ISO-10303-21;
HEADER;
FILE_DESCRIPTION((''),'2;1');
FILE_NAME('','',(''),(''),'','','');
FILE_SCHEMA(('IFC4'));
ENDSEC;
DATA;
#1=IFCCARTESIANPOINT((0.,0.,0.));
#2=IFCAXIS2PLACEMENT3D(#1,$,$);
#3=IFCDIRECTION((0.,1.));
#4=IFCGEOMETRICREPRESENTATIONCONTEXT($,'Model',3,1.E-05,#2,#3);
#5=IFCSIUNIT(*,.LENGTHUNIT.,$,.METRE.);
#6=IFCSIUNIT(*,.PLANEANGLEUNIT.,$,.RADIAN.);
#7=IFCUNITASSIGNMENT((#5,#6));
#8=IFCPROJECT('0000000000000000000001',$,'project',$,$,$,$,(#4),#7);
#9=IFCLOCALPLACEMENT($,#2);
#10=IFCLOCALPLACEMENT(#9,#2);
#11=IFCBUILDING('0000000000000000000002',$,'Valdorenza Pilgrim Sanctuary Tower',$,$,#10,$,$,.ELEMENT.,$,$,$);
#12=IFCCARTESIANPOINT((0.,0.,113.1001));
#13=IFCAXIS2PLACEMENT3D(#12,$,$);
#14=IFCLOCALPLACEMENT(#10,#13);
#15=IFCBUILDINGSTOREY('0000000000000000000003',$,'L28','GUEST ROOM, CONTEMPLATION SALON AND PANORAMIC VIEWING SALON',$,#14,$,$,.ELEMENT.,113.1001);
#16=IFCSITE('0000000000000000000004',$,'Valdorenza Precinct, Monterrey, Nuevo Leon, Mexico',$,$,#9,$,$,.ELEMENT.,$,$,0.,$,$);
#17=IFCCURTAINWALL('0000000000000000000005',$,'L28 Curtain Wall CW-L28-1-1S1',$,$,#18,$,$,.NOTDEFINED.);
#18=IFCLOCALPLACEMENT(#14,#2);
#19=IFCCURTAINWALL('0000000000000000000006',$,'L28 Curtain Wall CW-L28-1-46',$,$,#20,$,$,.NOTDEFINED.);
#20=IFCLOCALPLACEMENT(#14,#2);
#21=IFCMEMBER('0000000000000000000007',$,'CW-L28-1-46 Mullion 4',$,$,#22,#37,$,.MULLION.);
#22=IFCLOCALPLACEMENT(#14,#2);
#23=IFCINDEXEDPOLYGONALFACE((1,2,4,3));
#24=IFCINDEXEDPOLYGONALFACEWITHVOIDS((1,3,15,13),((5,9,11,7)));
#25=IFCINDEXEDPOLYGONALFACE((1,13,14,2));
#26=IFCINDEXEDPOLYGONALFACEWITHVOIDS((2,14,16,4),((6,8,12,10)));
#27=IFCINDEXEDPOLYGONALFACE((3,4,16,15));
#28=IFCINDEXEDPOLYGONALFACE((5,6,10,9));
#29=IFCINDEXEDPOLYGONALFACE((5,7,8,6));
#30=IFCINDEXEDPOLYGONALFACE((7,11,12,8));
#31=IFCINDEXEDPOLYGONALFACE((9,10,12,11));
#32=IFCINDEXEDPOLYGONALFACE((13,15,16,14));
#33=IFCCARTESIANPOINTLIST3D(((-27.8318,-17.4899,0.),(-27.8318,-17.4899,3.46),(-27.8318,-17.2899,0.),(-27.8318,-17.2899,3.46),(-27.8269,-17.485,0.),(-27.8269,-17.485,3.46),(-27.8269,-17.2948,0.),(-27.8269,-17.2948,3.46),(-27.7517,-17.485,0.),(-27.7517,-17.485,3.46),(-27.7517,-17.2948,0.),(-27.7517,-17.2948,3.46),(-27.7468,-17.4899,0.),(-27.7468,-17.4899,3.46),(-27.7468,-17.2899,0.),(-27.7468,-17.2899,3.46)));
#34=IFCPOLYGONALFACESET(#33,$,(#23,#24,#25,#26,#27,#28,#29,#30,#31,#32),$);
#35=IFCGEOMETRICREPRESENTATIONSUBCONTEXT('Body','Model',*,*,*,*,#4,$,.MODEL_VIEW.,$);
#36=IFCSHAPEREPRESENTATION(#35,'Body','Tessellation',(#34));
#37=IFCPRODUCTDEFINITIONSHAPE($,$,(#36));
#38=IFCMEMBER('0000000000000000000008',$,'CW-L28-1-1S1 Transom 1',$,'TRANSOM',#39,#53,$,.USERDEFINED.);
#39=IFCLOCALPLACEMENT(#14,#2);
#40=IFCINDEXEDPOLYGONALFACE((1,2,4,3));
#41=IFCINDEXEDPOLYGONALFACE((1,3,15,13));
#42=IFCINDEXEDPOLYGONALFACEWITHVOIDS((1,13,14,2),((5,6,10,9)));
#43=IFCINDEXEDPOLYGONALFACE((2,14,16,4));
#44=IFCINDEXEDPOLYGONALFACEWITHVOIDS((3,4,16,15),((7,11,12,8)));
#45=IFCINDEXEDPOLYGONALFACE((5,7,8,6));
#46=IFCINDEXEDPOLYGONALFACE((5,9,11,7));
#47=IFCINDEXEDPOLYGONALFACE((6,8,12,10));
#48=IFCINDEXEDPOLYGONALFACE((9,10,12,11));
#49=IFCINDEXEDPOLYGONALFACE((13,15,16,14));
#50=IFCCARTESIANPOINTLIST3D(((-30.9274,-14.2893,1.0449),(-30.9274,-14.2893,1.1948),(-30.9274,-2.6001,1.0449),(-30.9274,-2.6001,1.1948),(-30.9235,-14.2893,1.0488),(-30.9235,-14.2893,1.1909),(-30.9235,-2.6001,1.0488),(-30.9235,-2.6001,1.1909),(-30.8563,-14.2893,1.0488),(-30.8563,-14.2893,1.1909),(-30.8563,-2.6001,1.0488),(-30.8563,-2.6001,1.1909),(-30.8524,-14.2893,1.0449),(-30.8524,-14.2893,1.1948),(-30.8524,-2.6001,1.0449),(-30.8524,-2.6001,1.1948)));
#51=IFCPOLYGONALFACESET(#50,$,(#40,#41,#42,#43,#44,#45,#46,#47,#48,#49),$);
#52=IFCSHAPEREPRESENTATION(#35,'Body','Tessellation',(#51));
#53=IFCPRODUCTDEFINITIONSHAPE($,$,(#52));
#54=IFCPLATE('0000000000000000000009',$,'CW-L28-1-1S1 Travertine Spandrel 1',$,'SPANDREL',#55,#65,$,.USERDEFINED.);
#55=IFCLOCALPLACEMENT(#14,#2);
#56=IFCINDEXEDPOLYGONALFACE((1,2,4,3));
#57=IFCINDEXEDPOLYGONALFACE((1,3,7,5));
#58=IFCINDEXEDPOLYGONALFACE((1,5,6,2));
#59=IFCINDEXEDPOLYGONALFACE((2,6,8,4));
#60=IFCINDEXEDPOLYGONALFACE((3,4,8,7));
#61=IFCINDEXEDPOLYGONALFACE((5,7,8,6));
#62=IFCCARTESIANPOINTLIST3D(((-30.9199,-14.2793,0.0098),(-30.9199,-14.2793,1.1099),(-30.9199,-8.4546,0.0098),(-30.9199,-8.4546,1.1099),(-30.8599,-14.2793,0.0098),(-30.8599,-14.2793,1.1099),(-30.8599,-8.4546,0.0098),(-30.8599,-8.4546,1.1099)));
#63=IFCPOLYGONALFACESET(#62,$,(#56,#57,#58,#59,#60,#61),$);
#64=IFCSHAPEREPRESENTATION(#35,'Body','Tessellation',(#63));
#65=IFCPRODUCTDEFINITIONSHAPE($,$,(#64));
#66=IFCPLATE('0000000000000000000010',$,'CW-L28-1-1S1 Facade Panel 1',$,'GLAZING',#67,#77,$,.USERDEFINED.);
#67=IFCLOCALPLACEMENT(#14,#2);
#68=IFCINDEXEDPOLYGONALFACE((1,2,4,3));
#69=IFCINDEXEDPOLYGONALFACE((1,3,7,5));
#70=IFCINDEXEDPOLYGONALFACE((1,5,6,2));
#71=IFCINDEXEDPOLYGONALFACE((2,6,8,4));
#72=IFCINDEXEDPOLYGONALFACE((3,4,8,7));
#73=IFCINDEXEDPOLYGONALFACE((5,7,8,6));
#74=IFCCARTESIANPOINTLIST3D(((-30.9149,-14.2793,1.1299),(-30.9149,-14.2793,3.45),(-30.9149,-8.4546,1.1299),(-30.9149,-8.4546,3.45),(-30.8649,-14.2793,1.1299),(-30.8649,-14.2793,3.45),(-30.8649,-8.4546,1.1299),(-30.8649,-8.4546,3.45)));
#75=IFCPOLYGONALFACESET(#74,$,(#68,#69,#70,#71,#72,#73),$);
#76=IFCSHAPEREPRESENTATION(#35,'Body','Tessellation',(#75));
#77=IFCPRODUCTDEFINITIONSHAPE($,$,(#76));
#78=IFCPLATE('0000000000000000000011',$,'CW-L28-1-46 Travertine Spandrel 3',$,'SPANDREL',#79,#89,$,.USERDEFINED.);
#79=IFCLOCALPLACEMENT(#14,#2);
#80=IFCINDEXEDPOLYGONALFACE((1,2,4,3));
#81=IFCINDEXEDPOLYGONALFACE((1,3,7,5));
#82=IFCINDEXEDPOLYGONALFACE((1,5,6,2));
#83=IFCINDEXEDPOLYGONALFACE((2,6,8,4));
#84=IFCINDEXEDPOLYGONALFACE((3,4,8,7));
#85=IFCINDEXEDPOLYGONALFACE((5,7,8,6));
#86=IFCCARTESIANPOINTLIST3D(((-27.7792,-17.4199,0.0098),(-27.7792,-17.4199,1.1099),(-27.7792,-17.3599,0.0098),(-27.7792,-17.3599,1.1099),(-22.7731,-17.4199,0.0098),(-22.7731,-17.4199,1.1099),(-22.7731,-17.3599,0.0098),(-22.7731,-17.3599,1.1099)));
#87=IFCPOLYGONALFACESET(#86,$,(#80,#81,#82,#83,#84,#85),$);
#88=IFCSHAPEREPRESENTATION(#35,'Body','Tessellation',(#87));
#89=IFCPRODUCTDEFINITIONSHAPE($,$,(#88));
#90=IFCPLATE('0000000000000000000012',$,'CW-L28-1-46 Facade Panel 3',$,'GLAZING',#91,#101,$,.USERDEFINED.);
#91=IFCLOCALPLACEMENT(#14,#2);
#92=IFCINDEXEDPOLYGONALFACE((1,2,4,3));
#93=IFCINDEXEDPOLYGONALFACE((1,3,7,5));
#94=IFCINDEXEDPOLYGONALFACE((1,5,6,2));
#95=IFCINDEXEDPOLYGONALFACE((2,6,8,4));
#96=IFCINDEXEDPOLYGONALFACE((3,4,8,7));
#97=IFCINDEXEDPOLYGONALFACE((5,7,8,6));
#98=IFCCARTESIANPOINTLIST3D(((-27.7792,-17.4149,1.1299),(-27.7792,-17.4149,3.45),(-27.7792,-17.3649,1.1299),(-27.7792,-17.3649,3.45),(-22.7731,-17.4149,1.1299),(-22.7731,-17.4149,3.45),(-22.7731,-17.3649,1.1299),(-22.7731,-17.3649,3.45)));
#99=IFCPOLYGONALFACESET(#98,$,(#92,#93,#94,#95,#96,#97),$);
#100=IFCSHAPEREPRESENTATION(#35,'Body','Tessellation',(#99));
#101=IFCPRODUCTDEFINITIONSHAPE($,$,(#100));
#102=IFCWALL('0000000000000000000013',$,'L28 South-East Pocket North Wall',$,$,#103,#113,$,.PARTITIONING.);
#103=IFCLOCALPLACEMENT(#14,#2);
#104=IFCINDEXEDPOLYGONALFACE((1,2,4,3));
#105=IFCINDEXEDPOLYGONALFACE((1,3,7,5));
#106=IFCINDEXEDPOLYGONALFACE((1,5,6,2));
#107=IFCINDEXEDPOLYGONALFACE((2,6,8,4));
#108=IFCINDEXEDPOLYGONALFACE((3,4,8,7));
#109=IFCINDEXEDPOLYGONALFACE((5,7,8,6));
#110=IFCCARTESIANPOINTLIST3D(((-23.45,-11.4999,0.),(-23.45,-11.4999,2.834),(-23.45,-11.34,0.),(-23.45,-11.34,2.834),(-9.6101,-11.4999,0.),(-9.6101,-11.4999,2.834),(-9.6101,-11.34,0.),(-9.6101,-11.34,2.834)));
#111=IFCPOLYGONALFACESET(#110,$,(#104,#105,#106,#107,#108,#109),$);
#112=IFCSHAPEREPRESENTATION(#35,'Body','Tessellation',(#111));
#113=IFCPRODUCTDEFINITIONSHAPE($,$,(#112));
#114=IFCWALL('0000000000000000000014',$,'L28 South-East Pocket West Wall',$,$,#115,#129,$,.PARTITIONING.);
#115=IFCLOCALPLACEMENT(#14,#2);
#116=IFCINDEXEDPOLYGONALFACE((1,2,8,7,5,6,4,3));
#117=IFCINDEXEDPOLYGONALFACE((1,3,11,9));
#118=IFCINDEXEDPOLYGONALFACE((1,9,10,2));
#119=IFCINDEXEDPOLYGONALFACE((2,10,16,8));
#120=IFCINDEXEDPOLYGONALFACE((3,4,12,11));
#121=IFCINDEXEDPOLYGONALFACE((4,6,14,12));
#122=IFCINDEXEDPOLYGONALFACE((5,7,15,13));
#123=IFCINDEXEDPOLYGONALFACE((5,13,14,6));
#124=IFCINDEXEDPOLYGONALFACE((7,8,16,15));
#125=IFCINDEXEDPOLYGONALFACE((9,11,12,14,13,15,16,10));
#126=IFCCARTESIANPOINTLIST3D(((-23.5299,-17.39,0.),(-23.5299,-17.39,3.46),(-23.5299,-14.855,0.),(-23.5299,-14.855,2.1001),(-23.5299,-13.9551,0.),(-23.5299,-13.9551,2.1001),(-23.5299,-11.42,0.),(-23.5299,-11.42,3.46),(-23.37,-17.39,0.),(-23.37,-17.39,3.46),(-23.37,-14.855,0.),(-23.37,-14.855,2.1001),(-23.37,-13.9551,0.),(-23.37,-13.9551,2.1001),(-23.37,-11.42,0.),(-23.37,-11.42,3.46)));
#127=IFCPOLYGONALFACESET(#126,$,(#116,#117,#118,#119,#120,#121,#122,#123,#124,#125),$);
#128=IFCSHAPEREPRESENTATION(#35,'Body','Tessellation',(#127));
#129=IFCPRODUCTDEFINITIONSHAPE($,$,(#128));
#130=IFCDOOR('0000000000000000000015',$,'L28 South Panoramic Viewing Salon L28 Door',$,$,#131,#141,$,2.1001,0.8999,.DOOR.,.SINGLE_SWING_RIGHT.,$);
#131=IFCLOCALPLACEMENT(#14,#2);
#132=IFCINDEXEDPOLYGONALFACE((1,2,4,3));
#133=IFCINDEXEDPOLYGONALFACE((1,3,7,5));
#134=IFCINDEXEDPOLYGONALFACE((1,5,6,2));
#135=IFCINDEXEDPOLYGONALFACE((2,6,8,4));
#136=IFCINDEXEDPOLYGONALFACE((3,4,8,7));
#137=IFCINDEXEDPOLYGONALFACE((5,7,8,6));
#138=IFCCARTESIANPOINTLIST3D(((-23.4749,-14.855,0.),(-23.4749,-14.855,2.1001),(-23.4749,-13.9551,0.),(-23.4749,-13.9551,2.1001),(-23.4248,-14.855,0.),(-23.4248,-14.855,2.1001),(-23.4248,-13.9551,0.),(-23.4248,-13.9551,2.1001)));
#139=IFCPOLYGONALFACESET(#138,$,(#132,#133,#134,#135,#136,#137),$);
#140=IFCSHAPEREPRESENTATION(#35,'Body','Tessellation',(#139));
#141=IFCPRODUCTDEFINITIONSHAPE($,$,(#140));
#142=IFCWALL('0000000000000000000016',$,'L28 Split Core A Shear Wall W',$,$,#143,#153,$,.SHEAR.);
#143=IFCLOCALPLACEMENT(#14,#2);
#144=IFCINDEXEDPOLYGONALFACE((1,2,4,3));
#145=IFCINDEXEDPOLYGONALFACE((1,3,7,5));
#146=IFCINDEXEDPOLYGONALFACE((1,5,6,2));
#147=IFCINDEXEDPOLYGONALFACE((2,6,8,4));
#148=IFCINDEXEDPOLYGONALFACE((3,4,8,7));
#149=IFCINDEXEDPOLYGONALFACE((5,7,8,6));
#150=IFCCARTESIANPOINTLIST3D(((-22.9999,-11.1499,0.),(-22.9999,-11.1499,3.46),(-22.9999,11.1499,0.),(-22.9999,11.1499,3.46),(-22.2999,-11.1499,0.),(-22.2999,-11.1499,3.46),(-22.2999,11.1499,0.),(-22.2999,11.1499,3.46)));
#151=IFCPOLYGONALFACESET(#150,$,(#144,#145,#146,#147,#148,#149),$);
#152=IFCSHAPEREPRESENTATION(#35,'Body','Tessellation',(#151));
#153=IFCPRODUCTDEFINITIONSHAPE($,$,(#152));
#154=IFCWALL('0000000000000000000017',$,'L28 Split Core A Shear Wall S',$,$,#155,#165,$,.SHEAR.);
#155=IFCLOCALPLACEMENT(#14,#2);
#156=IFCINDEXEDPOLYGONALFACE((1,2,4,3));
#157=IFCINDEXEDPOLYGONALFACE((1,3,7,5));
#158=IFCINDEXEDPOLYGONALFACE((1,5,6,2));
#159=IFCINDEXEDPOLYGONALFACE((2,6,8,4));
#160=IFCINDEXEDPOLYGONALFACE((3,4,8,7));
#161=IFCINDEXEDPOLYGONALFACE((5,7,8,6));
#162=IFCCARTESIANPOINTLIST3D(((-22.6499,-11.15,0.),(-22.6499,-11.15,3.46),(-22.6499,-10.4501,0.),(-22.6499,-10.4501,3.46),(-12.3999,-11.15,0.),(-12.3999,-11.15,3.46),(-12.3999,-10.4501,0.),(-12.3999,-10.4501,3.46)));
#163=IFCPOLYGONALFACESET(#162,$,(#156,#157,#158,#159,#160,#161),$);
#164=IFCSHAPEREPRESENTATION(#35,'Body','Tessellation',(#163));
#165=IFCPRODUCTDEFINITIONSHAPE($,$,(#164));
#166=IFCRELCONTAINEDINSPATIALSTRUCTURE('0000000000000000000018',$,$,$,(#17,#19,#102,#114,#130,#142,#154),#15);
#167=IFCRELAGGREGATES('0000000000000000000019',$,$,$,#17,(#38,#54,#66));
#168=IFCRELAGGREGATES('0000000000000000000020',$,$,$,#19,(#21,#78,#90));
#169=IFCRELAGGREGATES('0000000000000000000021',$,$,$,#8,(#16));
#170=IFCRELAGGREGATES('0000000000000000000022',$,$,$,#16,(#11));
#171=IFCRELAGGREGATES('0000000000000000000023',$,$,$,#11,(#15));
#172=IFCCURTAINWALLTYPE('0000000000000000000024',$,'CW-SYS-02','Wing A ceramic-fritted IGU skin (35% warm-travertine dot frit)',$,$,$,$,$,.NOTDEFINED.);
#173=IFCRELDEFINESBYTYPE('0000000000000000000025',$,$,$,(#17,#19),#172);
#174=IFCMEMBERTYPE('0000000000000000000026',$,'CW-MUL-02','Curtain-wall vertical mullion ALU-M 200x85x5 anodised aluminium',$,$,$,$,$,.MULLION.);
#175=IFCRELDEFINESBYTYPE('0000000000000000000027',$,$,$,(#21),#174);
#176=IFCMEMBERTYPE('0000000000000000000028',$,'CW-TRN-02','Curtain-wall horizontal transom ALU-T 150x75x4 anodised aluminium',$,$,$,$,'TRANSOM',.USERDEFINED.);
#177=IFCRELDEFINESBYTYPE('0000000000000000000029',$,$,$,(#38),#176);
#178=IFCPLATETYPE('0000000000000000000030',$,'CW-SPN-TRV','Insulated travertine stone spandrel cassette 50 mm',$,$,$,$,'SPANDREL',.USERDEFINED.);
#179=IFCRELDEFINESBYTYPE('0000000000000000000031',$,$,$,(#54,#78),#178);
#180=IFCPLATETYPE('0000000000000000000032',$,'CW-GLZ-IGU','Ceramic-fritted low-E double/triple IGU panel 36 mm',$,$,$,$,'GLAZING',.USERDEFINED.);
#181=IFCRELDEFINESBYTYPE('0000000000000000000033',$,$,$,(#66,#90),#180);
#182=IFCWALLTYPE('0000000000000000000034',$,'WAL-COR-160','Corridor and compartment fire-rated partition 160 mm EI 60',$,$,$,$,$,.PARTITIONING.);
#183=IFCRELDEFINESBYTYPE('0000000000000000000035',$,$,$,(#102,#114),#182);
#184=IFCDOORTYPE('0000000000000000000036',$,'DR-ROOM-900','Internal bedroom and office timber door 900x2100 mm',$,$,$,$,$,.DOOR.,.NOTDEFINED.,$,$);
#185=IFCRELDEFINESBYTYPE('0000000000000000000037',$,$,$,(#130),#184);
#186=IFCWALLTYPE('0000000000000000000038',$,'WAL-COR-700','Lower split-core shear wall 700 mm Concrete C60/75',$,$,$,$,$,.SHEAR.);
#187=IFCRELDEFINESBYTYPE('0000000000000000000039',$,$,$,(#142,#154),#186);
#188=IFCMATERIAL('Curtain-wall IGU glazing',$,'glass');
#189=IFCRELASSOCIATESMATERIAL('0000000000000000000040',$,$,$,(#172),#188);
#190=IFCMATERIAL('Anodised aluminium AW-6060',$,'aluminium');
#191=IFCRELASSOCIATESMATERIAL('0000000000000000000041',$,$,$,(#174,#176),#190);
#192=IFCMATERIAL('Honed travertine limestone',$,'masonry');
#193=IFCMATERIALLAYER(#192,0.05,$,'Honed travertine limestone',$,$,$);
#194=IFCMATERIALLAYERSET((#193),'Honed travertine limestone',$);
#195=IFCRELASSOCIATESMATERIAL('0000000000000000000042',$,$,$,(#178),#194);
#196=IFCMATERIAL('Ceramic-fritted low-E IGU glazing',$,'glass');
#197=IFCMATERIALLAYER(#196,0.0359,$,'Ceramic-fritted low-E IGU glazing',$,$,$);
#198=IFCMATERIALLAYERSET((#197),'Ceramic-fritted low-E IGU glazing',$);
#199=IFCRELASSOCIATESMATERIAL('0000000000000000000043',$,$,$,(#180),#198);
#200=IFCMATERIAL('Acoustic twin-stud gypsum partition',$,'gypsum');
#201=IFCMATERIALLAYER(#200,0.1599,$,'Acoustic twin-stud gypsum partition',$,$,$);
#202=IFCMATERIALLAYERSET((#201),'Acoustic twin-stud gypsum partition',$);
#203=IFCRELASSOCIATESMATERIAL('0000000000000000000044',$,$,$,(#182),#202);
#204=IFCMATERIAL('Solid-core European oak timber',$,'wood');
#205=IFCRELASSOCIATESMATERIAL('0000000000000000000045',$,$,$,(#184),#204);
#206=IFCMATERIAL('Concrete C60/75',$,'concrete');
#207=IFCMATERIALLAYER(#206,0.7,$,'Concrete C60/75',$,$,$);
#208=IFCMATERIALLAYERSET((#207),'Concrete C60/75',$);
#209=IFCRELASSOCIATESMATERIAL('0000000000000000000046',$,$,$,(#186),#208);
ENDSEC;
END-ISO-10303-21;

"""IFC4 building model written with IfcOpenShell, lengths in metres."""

from ifc_helpers import new_model, si_unit, direction, frame, frame_2d, origin, origin_2d, place, context, subcontext, project, spatial, rectangle, hollow_rectangle, extrude, source, transform, mapped, material, layer, layer_set, material_profile, profile_set, type_object, element, fill, aggregate, save


model = new_model("IFC4")

# Units and contexts
model_context = context("Model", 3, precision=1e-05, world=origin(), true_north=direction((0.0, 1.0)))
body_context = subcontext(model_context, "Body", "Model", "MODEL_VIEW")
ifc_project = project(units=[si_unit("LENGTHUNIT", "METRE"), si_unit("PLANEANGLEUNIT", "RADIAN")], contexts=[model_context])

# Site, building, storey
site_placement = place(None, origin())
site = spatial("IfcSite", under=ifc_project, at=site_placement, Name="Valdorenza Precinct, Monterrey, Nuevo Leon, Mexico", CompositionType="ELEMENT", RefElevation=0.0)
building_placement = place(site_placement, origin())
building = spatial("IfcBuilding", under=site, at=building_placement, Name="Valdorenza Pilgrim Sanctuary Tower", CompositionType="ELEMENT")
storey_placement = place(building_placement, frame((0.0, 0.0, 113.1001)))
storey = spatial("IfcBuildingStorey", under=building, at=storey_placement, Name="L28", Description="GUEST ROOM, CONTEMPLATION SALON AND PANORAMIC VIEWING SALON", CompositionType="ELEMENT", Elevation=113.1001)

# Shared definitions
ifc_material_1 = material(Name="Concrete C60/75", Category="concrete")

# Curtain wall
ifc_material_2 = material(Name="Curtain-wall IGU glazing", Category="glass")
curtain_wall_type = type_object("IfcCurtainWallType", Name="CW-SYS-02", Description="Wing A ceramic-fritted IGU skin (35% warm-travertine dot frit)", PredefinedType="NOTDEFINED", material=ifc_material_2)
curtain_wall_1_placement = place(storey_placement, origin())
curtain_wall_1 = element("IfcCurtainWall", 1, at=curtain_wall_1_placement, inside=storey, type_object=curtain_wall_type, Name="L28 Curtain Wall CW-L28-1-1S1", PredefinedType="NOTDEFINED")
ifc_material_3 = material(Name="Anodised aluminium AW-6060", Category="aluminium")
ifc_material_profile_1 = material_profile(ifc_material_3, hollow_rectangle(XDim=0.085, YDim=0.2, WallThickness=0.0049, at=origin_2d()), Name="ALU-M 200x85x5")
ifc_profile_set_1 = profile_set([ifc_material_profile_1], Name="Anodised aluminium AW-6060")
member_type_1 = type_object("IfcMemberType", Name="CW-MUL-02", Description="Curtain-wall vertical mullion ALU-M 200x85x5 anodised aluminium", PredefinedType="MULLION", material=ifc_profile_set_1)
shared_shape_1 = source(origin(), body_context, "Body", "SweptSolid", [
    extrude(hollow_rectangle(XDim=0.085, YDim=0.2, WallThickness=0.0049, at=origin_2d()), origin(), (0.0, 0.0, 1.0), 3.46),
])

# Curtain wall, member
curtain_wall_2_placement = place(storey_placement, origin())
curtain_wall_2 = element("IfcCurtainWall", 2, at=curtain_wall_2_placement, inside=storey, type_object=curtain_wall_type, Name="L28 Curtain Wall CW-L28-1-46", PredefinedType="NOTDEFINED")
member_1_placement = place(storey_placement, frame((-27.7893, -17.3899, 0.0), z_axis=(0.0, 0.0, 1.0), x_axis=(-1.0, 0.0, 0.0)))
member_1 = element("IfcMember", 3, at=member_1_placement, type_object=member_type_1, Name="CW-L28-1-46 Mullion 4", PredefinedType="MULLION", context=body_context, shape_type="MappedRepresentation", body=[
    mapped(shared_shape_1, transform((0.0, 0.0, 0.0), x_axis=(1.0, 0.0, 0.0), y_axis=(0.0, 1.0, 0.0), z_axis=(0.0, 0.0, 1.0), scale=1.0)),
])

# Member
ifc_material_profile_2 = material_profile(ifc_material_3, hollow_rectangle(XDim=0.075, YDim=0.1499, WallThickness=0.0039, at=origin_2d()), Name="ALU-T 150x75x4")
ifc_profile_set_2 = profile_set([ifc_material_profile_2], Name="Anodised aluminium AW-6060")
member_type_2 = type_object("IfcMemberType", Name="CW-TRN-02", Description="Curtain-wall horizontal transom ALU-T 150x75x4 anodised aluminium", ElementType="TRANSOM", PredefinedType="USERDEFINED", material=ifc_profile_set_2)
shared_shape_2 = source(origin(), body_context, "Body", "SweptSolid", [
    extrude(hollow_rectangle(XDim=0.075, YDim=0.1499, WallThickness=0.0039, at=origin_2d()), origin(), (0.0, 0.0, 1.0), 11.6892),
])
member_2_placement = place(storey_placement, frame((-30.8899, -14.2893, 1.1199), z_axis=(0.0, 1.0, 0.0), x_axis=(-1.0, 0.0, 0.0)))
member_2 = element("IfcMember", 4, at=member_2_placement, type_object=member_type_2, Name="CW-L28-1-1S1 Transom 1", ObjectType="TRANSOM", PredefinedType="USERDEFINED", context=body_context, shape_type="MappedRepresentation", body=[
    mapped(shared_shape_2, transform((0.0, 0.0, 0.0), x_axis=(1.0, 0.0, 0.0), y_axis=(0.0, 1.0, 0.0), z_axis=(0.0, 0.0, 1.0), scale=1.0)),
])

# Plates
ifc_material_4 = material(Name="Honed travertine limestone", Category="masonry")
ifc_layer_1 = layer(ifc_material_4, 0.05, Name="Honed travertine limestone")
ifc_layer_set_1 = layer_set([ifc_layer_1], Name="Honed travertine limestone")
plate_type_1 = type_object("IfcPlateType", Name="CW-SPN-TRV", Description="Insulated travertine stone spandrel cassette 50 mm", ElementType="SPANDREL", PredefinedType="USERDEFINED", material=ifc_layer_set_1)
shared_shape_3 = source(origin(), body_context, "Body", "SweptSolid", [
    extrude(rectangle(XDim=5.8247, YDim=0.0601, at=origin_2d()), origin(), (0.0, 0.0, 1.0), 1.1001),
])
plate_1_placement = place(storey_placement, frame((-30.8899, -11.3669, 0.0098), z_axis=(0.0, 0.0, 1.0), x_axis=(0.0, 1.0, 0.0)))
plate_1 = element("IfcPlate", 5, at=plate_1_placement, type_object=plate_type_1, Name="CW-L28-1-1S1 Travertine Spandrel 1", ObjectType="SPANDREL", PredefinedType="USERDEFINED", context=body_context, shape_type="MappedRepresentation", body=[
    mapped(shared_shape_3, transform((0.0, 0.0, 0.0), x_axis=(1.0, 0.0, 0.0), y_axis=(0.0, 1.0, 0.0), z_axis=(0.0, 0.0, 1.0), scale=1.0)),
])
ifc_material_5 = material(Name="Ceramic-fritted low-E IGU glazing", Category="glass")
ifc_layer_2 = layer(ifc_material_5, 0.0359, Name="Ceramic-fritted low-E IGU glazing")
ifc_layer_set_2 = layer_set([ifc_layer_2], Name="Ceramic-fritted low-E IGU glazing")
plate_type_2 = type_object("IfcPlateType", Name="CW-GLZ-IGU", Description="Ceramic-fritted low-E double/triple IGU panel 36 mm", ElementType="GLAZING", PredefinedType="USERDEFINED", material=ifc_layer_set_2)
shared_shape_4 = source(origin(), body_context, "Body", "SweptSolid", [
    extrude(rectangle(XDim=5.8247, YDim=0.05, at=origin_2d()), origin(), (0.0, 0.0, 1.0), 2.3201),
])
plate_2_placement = place(storey_placement, frame((-30.8899, -11.3669, 1.1299), z_axis=(0.0, 0.0, 1.0), x_axis=(0.0, 1.0, 0.0)))
plate_2 = element("IfcPlate", 6, at=plate_2_placement, type_object=plate_type_2, Name="CW-L28-1-1S1 Facade Panel 1", ObjectType="GLAZING", PredefinedType="USERDEFINED", context=body_context, shape_type="MappedRepresentation", body=[
    mapped(shared_shape_4, transform((0.0, 0.0, 0.0), x_axis=(1.0, 0.0, 0.0), y_axis=(0.0, 1.0, 0.0), z_axis=(0.0, 0.0, 1.0), scale=1.0)),
])
aggregate(curtain_wall_1, [member_2, plate_1, plate_2])
shared_shape_5 = source(origin(), body_context, "Body", "SweptSolid", [
    extrude(rectangle(XDim=5.0061, YDim=0.0601, at=origin_2d()), origin(), (0.0, 0.0, 1.0), 1.1001),
])
plate_3_placement = place(storey_placement, frame((-25.2761, -17.3899, 0.0098), z_axis=(0.0, 0.0, 1.0), x_axis=(-1.0, 0.0, 0.0)))
plate_3 = element("IfcPlate", 7, at=plate_3_placement, type_object=plate_type_1, Name="CW-L28-1-46 Travertine Spandrel 3", ObjectType="SPANDREL", PredefinedType="USERDEFINED", context=body_context, shape_type="MappedRepresentation", body=[
    mapped(shared_shape_5, transform((0.0, 0.0, 0.0), x_axis=(1.0, 0.0, 0.0), y_axis=(0.0, 1.0, 0.0), z_axis=(0.0, 0.0, 1.0), scale=1.0)),
])
shared_shape_6 = source(origin(), body_context, "Body", "SweptSolid", [
    extrude(rectangle(XDim=5.0061, YDim=0.05, at=origin_2d()), origin(), (0.0, 0.0, 1.0), 2.3201),
])
plate_4_placement = place(storey_placement, frame((-25.2761, -17.3899, 1.1299), z_axis=(0.0, 0.0, 1.0), x_axis=(-1.0, 0.0, 0.0)))
plate_4 = element("IfcPlate", 8, at=plate_4_placement, type_object=plate_type_2, Name="CW-L28-1-46 Facade Panel 3", ObjectType="GLAZING", PredefinedType="USERDEFINED", context=body_context, shape_type="MappedRepresentation", body=[
    mapped(shared_shape_6, transform((0.0, 0.0, 0.0), x_axis=(1.0, 0.0, 0.0), y_axis=(0.0, 1.0, 0.0), z_axis=(0.0, 0.0, 1.0), scale=1.0)),
])
aggregate(curtain_wall_2, [member_1, plate_3, plate_4])

# Wall
ifc_material_6 = material(Name="Acoustic twin-stud gypsum partition", Category="gypsum")
ifc_layer_3 = layer(ifc_material_6, 0.1599, Name="Acoustic twin-stud gypsum partition")
ifc_layer_set_3 = layer_set([ifc_layer_3], Name="Acoustic twin-stud gypsum partition")
wall_type_1 = type_object("IfcWallType", Name="WAL-COR-160", Description="Corridor and compartment fire-rated partition 160 mm EI 60", PredefinedType="PARTITIONING", material=ifc_layer_set_3)
wall_1_placement = place(storey_placement, frame((-23.45, -11.4199, 0.0), z_axis=(0.0, 0.0, 1.0), x_axis=(1.0, 0.0, 0.0)))
element("IfcWall", 9, at=wall_1_placement, inside=storey, type_object=wall_type_1, Name="L28 South-East Pocket North Wall", PredefinedType="PARTITIONING", context=body_context, shape_type="SweptSolid", body=[
    extrude(rectangle(XDim=13.8398, YDim=0.1599, at=frame_2d((6.9199, 0.0))), origin(), (0.0, 0.0, 1.0), 2.834),
])

# Wall, opening, door
wall_2_placement = place(storey_placement, frame((-23.45, -17.3899, 0.0), z_axis=(0.0, 0.0, 1.0), x_axis=(0.0, 1.0, 0.0)))
wall_2 = element("IfcWall", 10, at=wall_2_placement, inside=storey, type_object=wall_type_1, Name="L28 South-East Pocket West Wall", PredefinedType="PARTITIONING", context=body_context, shape_type="SweptSolid", body=[
    extrude(rectangle(XDim=5.97, YDim=0.1599, at=frame_2d((2.9849, 0.0))), origin(), (0.0, 0.0, 1.0), 3.46),
])
opening_1_placement = place(wall_2_placement, frame((2.5349, 0.0, 0.0)))
opening_1 = element("IfcOpeningElement", 11, at=opening_1_placement, cuts=wall_2, PredefinedType="OPENING", context=body_context, shape_type="SweptSolid", body=[
    extrude(rectangle(XDim=0.8999, YDim=2.1001, at=frame_2d((0.45, 1.05))), frame((0.0, 0.0947, 0.0), z_axis=(0.0, -1.0, 0.0), x_axis=(1.0, 0.0, 0.0)), (0.0, 0.0, 1.0), 0.1897),
])
ifc_material_7 = material(Name="Solid-core European oak timber", Category="wood")
door_type_1 = type_object("IfcDoorType", Name="DR-ROOM-900", Description="Internal bedroom and office timber door 900x2100 mm", OperationType="NOTDEFINED", PredefinedType="DOOR", material=ifc_material_7)
door_1_placement = place(opening_1_placement, origin())
door_1 = element("IfcDoor", 12, at=door_1_placement, inside=storey, type_object=door_type_1, Name="L28 South Panoramic Viewing Salon L28 Door", OperationType="SINGLE_SWING_RIGHT", OverallHeight=2.1001, OverallWidth=0.8999, PredefinedType="DOOR", context=body_context, shape_type="SweptSolid", body=[
    extrude(rectangle(XDim=0.8999, YDim=2.1001, at=frame_2d((0.45, 1.05))), frame((0.0, 0.0249, 0.0), z_axis=(0.0, -1.0, 0.0), x_axis=(1.0, 0.0, 0.0)), (0.0, 0.0, 1.0), 0.05),
])
fill(opening_1, door_1)

# Walls
ifc_layer_4 = layer(ifc_material_1, 0.7, Name="Concrete C60/75")
ifc_layer_set_4 = layer_set([ifc_layer_4], Name="Concrete C60/75")
wall_type_2 = type_object("IfcWallType", Name="WAL-COR-700", Description="Lower split-core shear wall 700 mm Concrete C60/75", PredefinedType="SHEAR", material=ifc_layer_set_4)
wall_3_placement = place(storey_placement, frame((-22.6499, -11.1499, 0.0), z_axis=(0.0, 0.0, 1.0), x_axis=(0.0, 1.0, 0.0)))
element("IfcWall", 13, at=wall_3_placement, inside=storey, type_object=wall_type_2, Name="L28 Split Core A Shear Wall W", PredefinedType="SHEAR", context=body_context, shape_type="SweptSolid", body=[
    extrude(rectangle(XDim=22.2998, YDim=0.7, at=frame_2d((11.1499, 0.0))), origin(), (0.0, 0.0, 1.0), 3.46),
])
wall_4_placement = place(storey_placement, frame((-22.6499, -10.8, 0.0), z_axis=(0.0, 0.0, 1.0), x_axis=(1.0, 0.0, 0.0)))
element("IfcWall", 14, at=wall_4_placement, inside=storey, type_object=wall_type_2, Name="L28 Split Core A Shear Wall S", PredefinedType="SHEAR", context=body_context, shape_type="SweptSolid", body=[
    extrude(rectangle(XDim=10.25, YDim=0.7, at=frame_2d((5.125, 0.0))), origin(), (0.0, 0.0, 1.0), 3.46),
])

save(model, "model.ifc")
